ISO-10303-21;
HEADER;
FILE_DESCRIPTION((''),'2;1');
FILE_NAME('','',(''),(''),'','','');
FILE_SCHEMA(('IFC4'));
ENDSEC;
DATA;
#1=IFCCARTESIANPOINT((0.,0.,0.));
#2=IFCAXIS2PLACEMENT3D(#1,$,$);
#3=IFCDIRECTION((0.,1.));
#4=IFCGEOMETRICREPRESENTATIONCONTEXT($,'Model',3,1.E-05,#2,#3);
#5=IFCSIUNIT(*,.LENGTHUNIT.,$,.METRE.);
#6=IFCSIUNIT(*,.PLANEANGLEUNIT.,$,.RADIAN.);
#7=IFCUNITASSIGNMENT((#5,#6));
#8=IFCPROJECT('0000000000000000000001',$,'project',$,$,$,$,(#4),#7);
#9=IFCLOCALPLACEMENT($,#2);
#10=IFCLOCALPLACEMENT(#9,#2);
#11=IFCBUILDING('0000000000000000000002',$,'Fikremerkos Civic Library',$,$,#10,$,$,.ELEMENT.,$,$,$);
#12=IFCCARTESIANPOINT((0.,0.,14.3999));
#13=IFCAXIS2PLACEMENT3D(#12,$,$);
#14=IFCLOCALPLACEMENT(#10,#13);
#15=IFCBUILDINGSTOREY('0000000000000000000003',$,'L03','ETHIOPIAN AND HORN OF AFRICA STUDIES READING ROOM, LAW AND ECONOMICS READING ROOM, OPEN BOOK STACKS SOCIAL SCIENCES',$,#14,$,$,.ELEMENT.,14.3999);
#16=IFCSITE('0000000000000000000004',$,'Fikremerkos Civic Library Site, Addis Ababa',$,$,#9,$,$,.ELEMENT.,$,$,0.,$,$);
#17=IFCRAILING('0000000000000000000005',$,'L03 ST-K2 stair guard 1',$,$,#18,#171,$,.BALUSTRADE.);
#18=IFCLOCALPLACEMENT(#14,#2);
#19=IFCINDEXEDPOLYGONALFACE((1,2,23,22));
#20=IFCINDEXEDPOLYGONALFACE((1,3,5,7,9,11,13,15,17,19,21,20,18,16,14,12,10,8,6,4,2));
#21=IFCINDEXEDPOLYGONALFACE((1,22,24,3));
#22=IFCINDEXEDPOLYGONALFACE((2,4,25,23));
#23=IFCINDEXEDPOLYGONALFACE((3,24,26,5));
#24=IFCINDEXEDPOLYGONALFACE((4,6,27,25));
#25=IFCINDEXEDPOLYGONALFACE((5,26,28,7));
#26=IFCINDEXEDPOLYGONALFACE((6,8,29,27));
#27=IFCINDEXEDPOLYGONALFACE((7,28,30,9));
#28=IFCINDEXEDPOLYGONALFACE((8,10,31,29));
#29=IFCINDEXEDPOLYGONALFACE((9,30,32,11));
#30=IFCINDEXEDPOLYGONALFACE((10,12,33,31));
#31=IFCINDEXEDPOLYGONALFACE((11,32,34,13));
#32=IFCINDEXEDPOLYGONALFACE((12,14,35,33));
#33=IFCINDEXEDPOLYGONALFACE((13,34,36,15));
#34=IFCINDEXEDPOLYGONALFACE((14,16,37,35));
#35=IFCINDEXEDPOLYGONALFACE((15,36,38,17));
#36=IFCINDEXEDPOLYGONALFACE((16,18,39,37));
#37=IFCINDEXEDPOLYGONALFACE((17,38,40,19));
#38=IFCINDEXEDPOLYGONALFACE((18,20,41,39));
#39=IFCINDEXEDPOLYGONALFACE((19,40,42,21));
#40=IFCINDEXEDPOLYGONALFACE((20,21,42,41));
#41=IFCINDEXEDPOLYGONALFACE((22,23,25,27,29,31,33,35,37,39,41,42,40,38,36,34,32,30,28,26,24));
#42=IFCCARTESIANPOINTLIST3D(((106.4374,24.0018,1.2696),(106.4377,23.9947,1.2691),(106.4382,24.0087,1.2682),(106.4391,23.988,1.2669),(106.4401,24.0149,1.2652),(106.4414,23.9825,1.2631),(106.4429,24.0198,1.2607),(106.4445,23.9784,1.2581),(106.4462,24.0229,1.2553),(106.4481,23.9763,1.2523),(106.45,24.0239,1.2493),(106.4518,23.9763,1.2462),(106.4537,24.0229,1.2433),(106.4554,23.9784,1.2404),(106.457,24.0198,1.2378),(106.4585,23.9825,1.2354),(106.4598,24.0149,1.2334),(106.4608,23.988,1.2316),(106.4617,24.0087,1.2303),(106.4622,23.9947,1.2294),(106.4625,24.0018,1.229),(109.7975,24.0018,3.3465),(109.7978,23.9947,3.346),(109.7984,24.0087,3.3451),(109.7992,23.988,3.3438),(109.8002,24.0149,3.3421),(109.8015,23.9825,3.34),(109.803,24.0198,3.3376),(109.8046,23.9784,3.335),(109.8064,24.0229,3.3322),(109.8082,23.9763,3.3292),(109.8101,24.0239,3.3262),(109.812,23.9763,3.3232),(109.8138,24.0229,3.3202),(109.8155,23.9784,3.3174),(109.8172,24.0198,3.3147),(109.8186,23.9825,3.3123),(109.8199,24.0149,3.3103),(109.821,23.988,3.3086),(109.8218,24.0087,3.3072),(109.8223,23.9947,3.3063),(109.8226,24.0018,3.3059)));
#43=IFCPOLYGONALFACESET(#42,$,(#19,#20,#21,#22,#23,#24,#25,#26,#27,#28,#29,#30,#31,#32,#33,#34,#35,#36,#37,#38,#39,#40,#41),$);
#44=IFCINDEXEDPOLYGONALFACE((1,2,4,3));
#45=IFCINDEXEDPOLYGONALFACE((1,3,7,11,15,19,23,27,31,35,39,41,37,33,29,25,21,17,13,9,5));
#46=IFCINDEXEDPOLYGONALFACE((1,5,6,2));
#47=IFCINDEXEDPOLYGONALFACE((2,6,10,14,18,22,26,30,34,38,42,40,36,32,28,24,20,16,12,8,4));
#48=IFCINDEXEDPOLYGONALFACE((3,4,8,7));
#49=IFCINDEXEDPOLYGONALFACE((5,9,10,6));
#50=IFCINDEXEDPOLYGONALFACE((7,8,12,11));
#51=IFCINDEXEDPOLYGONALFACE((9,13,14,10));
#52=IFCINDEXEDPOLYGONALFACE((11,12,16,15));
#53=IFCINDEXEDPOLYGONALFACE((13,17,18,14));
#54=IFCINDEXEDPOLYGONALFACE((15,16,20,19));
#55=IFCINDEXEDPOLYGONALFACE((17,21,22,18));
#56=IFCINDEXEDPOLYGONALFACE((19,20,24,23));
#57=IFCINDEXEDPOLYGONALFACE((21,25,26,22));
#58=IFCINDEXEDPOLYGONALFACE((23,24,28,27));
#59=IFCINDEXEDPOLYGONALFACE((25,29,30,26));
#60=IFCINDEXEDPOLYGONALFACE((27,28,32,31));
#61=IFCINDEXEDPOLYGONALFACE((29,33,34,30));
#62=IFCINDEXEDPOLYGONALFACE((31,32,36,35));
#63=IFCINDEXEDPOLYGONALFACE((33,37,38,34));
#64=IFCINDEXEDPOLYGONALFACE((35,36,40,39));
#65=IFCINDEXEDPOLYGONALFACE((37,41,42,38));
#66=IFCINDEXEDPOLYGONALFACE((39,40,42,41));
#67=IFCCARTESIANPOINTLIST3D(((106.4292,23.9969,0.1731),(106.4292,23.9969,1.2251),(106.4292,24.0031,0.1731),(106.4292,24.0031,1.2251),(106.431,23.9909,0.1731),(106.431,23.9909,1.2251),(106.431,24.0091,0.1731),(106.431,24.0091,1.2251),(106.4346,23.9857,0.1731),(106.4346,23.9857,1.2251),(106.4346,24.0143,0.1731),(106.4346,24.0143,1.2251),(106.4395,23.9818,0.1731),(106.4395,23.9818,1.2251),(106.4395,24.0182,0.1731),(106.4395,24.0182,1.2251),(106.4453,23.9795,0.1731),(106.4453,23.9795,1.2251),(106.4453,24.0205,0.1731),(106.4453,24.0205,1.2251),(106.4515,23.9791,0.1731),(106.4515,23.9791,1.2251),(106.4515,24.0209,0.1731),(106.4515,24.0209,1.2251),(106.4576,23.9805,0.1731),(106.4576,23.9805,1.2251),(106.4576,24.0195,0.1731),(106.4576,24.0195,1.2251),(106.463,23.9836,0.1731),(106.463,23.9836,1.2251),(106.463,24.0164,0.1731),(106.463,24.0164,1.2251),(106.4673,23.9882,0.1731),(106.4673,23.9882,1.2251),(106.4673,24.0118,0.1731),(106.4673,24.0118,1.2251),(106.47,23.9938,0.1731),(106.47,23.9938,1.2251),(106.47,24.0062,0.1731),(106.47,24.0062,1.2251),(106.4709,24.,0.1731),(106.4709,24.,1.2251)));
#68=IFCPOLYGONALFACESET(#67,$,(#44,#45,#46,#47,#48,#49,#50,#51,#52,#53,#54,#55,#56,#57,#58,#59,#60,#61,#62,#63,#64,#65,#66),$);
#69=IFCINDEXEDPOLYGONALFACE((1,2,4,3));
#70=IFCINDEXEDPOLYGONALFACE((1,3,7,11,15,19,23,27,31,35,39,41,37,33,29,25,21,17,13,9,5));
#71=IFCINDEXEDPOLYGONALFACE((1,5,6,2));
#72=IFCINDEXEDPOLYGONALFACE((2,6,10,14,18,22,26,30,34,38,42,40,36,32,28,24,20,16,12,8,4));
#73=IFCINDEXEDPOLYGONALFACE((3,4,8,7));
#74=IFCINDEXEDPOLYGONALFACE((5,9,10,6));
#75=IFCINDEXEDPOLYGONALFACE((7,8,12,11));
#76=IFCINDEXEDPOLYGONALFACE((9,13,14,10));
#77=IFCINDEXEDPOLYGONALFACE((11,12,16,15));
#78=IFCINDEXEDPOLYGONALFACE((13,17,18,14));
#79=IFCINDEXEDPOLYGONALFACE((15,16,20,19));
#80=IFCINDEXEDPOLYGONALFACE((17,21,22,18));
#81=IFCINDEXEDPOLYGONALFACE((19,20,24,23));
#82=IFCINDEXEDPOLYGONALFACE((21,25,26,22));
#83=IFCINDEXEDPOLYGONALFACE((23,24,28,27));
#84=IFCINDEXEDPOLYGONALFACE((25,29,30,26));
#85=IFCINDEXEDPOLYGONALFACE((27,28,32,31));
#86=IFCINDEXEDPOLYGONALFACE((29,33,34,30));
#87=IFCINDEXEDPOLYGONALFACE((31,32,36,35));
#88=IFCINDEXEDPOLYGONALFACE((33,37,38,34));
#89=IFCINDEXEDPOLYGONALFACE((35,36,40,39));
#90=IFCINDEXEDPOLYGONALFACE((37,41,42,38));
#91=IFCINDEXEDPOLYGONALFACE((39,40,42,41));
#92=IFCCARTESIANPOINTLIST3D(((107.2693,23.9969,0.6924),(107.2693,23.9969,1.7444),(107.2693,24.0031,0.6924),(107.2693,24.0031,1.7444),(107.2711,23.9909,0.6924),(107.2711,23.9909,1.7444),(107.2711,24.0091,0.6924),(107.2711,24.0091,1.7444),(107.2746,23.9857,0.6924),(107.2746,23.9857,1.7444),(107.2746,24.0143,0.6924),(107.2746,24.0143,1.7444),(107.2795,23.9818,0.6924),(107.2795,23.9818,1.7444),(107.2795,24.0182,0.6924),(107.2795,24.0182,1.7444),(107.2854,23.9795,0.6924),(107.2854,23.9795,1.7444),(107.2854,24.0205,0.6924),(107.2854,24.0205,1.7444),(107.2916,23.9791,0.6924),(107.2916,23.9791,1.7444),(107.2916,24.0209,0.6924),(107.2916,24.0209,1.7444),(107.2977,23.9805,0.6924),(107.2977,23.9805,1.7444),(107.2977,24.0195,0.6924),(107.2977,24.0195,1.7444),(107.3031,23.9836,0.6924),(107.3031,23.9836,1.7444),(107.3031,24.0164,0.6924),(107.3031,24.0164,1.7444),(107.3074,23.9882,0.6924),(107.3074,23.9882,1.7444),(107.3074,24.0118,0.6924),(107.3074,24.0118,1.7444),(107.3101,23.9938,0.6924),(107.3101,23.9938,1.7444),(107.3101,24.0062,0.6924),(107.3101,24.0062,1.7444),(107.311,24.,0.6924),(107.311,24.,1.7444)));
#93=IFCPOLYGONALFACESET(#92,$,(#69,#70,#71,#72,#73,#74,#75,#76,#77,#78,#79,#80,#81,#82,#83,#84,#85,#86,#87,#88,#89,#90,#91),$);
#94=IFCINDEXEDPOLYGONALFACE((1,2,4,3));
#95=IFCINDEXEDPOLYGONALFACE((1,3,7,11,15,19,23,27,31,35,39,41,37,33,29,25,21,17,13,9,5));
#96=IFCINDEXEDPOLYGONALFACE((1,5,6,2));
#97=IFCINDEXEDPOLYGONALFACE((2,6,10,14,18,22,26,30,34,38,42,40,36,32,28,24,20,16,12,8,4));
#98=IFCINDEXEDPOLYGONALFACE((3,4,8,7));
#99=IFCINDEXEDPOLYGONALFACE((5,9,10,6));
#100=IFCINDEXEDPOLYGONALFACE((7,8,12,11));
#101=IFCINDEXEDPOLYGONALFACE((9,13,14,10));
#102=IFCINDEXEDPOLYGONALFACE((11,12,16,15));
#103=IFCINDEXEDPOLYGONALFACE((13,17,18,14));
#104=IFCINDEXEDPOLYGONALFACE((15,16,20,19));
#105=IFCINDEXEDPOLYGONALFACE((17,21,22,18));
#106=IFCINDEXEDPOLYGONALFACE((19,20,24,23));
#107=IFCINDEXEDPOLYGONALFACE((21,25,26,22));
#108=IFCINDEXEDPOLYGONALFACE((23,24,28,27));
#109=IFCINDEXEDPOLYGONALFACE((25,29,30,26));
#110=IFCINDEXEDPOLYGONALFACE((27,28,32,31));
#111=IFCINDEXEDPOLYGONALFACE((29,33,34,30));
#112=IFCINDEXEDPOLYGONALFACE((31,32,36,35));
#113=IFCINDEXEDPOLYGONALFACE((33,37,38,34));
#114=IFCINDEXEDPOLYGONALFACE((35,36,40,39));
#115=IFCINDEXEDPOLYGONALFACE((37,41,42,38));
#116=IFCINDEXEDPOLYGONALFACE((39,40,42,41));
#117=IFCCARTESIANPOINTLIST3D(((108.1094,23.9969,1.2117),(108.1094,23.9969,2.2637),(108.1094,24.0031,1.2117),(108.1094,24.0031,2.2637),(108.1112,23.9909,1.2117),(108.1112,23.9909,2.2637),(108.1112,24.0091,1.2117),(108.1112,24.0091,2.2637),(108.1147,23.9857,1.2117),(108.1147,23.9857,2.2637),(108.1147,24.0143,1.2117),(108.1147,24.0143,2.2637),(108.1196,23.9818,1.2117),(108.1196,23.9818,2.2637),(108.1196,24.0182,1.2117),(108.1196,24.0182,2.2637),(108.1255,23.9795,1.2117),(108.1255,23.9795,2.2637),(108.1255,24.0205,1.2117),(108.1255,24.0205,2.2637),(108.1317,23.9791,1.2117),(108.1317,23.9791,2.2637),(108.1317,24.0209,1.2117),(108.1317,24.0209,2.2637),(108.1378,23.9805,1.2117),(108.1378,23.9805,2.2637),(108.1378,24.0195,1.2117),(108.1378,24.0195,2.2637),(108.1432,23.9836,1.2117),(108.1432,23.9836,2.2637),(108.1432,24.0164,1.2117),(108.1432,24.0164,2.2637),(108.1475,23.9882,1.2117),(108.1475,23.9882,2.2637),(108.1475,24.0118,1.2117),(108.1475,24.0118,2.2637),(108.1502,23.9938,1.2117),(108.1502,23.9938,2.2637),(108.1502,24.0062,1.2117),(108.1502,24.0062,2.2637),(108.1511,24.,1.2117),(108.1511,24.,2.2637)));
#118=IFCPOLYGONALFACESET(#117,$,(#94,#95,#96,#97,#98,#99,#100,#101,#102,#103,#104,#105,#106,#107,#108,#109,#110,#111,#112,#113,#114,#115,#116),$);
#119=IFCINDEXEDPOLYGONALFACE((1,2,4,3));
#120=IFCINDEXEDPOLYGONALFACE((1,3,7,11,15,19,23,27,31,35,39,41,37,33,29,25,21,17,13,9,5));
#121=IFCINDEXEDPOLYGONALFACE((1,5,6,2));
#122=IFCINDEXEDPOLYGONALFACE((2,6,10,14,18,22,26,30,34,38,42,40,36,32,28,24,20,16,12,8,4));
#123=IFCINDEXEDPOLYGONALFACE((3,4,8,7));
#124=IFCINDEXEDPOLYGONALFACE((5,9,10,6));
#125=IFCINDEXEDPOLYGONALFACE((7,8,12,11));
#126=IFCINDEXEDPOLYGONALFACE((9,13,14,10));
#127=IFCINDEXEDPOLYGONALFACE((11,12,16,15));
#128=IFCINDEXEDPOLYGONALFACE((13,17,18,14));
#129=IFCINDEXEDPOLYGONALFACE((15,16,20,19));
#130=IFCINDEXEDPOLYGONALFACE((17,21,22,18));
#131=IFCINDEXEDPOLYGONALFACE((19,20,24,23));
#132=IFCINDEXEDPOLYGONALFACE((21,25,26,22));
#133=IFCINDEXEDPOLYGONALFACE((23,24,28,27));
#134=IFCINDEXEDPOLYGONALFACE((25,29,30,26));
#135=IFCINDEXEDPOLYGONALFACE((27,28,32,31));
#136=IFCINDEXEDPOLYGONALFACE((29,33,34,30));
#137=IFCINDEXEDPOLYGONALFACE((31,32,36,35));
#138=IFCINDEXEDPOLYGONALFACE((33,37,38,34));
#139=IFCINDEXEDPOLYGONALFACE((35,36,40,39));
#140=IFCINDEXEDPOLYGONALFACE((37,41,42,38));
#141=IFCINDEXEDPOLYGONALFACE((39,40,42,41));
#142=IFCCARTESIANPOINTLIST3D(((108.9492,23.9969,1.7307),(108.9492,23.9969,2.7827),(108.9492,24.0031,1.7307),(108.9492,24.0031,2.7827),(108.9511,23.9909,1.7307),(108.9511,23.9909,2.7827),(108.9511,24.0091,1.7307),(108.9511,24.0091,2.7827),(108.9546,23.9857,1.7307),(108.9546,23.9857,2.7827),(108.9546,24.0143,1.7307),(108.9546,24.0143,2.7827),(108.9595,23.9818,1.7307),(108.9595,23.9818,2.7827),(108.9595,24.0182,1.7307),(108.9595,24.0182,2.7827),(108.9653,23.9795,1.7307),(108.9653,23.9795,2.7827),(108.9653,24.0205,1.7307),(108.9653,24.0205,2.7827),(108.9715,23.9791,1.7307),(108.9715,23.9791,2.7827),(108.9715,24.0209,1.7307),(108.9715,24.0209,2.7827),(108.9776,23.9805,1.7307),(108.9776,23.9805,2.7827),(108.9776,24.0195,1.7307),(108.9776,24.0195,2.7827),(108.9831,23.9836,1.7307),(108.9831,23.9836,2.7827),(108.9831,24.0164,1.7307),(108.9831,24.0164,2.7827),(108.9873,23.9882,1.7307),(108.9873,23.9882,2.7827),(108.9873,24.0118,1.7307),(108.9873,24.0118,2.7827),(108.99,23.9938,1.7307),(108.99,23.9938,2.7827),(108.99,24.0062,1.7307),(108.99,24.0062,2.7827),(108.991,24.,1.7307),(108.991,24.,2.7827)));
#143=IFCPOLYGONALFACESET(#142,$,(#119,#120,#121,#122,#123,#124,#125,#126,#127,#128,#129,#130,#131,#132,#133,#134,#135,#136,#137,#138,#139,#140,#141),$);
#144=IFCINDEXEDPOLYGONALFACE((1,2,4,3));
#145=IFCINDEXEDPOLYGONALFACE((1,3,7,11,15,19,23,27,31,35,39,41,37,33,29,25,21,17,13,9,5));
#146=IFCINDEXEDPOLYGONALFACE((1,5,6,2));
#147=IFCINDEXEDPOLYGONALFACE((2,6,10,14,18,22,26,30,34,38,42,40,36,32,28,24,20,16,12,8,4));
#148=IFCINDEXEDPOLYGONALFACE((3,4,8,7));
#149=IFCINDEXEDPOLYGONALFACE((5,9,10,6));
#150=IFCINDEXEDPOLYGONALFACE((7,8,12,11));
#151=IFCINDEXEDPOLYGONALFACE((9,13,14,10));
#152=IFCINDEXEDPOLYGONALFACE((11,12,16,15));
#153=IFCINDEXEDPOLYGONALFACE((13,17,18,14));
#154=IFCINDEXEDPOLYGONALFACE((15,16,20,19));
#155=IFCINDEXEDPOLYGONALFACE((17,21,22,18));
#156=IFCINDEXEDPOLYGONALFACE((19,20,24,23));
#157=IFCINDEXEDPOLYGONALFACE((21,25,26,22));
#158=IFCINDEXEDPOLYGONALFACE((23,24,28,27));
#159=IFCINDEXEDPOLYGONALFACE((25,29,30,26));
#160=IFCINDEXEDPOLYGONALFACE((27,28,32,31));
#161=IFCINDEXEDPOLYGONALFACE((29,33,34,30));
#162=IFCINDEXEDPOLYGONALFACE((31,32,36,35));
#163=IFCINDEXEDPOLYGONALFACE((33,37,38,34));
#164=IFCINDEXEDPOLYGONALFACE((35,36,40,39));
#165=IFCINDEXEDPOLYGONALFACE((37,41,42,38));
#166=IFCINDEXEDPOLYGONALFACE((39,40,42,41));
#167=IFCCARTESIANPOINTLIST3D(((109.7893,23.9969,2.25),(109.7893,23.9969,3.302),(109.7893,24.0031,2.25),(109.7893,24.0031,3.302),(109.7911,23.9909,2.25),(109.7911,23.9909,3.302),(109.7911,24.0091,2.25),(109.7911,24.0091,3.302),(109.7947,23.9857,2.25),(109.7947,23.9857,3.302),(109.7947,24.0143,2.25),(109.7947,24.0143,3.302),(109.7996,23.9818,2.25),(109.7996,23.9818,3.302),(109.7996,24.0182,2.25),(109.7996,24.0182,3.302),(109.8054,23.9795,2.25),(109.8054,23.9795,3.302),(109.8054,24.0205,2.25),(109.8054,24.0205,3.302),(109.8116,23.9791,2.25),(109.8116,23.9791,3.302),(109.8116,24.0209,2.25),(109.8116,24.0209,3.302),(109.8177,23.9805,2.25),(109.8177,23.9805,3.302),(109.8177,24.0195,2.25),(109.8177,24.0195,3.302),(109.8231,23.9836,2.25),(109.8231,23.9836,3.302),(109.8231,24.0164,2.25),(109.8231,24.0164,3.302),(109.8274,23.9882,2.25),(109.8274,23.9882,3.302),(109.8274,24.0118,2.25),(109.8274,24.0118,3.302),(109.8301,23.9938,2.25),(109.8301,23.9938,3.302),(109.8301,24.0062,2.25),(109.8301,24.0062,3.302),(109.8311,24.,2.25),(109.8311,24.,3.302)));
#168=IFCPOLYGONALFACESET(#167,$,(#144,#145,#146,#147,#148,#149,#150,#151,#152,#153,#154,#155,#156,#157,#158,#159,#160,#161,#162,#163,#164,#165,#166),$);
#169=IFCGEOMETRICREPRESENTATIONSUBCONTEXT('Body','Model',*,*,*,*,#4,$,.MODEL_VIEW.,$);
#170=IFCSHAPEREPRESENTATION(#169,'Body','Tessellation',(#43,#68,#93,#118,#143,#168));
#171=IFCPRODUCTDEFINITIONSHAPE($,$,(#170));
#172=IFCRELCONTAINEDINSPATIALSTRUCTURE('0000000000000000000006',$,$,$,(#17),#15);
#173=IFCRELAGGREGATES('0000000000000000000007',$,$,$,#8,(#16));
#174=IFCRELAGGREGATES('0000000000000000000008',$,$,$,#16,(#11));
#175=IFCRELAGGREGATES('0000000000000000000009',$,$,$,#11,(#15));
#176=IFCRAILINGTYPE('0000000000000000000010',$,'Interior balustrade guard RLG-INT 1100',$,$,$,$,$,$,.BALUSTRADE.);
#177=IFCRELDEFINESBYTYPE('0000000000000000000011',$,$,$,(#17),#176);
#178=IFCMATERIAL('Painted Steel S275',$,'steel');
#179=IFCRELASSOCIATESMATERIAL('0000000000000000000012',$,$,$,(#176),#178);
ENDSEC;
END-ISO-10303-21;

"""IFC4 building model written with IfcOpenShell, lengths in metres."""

from ifc_helpers import new_model, si_unit, direction, frame, origin, origin_2d, place, context, subcontext, project, spatial, circle, extrude, material, type_object, element, save


model = new_model("IFC4")

# Units and contexts
model_context = context("Model", 3, precision=1e-05, world=origin(), true_north=direction((0.0, 1.0)))
body_context = subcontext(model_context, "Body", "Model", "MODEL_VIEW")
ifc_project = project(units=[si_unit("LENGTHUNIT", "METRE"), si_unit("PLANEANGLEUNIT", "RADIAN")], contexts=[model_context])

# Site, building, storey
site_placement = place(None, origin())
site = spatial("IfcSite", under=ifc_project, at=site_placement, Name="Fikremerkos Civic Library Site, Addis Ababa", CompositionType="ELEMENT", RefElevation=0.0)
building_placement = place(site_placement, origin())
building = spatial("IfcBuilding", under=site, at=building_placement, Name="Fikremerkos Civic Library", CompositionType="ELEMENT")
storey_placement = place(building_placement, frame((0.0, 0.0, 14.3999)))
storey = spatial("IfcBuildingStorey", under=building, at=storey_placement, Name="L03", Description="ETHIOPIAN AND HORN OF AFRICA STUDIES READING ROOM, LAW AND ECONOMICS READING ROOM, OPEN BOOK STACKS SOCIAL SCIENCES", CompositionType="ELEMENT", Elevation=14.3999)

# Railing
ifc_material_1 = material(Name="Painted Steel S275", Category="steel")
railing_type_1 = type_object("IfcRailingType", Name="Interior balustrade guard RLG-INT 1100", PredefinedType="BALUSTRADE", material=ifc_material_1)
railing_1_placement = place(storey_placement, frame((106.45, 24.0, 0.1731)))
element("IfcRailing", 1, at=railing_1_placement, inside=storey, type_object=railing_type_1, Name="L03 ST-K2 stair guard 1", PredefinedType="BALUSTRADE", context=body_context, shape_type="SweptSolid", body=[
    extrude(circle(Radius=0.0239, at=origin_2d()), frame((0.0, 0.0, 1.0762), z_axis=(0.850623, 0.0, 0.525776), x_axis=(0.0, 1.0, 0.0)), (0.0, 0.0, 1.0), 3.9502),
    extrude(circle(Radius=0.021, at=origin_2d()), origin(), (0.0, 0.0, 1.0), 1.052),
    extrude(circle(Radius=0.021, at=origin_2d()), frame((0.8401, 0.0, 0.5193)), (0.0, 0.0, 1.0), 1.052),
    extrude(circle(Radius=0.021, at=origin_2d()), frame((1.6802, 0.0, 1.0386)), (0.0, 0.0, 1.0), 1.052),
    extrude(circle(Radius=0.021, at=origin_2d()), frame((2.52, 0.0, 1.5576)), (0.0, 0.0, 1.0), 1.052),
    extrude(circle(Radius=0.021, at=origin_2d()), frame((3.3601, 0.0, 2.0769)), (0.0, 0.0, 1.0), 1.052),
])

save(model, "model.ifc")
